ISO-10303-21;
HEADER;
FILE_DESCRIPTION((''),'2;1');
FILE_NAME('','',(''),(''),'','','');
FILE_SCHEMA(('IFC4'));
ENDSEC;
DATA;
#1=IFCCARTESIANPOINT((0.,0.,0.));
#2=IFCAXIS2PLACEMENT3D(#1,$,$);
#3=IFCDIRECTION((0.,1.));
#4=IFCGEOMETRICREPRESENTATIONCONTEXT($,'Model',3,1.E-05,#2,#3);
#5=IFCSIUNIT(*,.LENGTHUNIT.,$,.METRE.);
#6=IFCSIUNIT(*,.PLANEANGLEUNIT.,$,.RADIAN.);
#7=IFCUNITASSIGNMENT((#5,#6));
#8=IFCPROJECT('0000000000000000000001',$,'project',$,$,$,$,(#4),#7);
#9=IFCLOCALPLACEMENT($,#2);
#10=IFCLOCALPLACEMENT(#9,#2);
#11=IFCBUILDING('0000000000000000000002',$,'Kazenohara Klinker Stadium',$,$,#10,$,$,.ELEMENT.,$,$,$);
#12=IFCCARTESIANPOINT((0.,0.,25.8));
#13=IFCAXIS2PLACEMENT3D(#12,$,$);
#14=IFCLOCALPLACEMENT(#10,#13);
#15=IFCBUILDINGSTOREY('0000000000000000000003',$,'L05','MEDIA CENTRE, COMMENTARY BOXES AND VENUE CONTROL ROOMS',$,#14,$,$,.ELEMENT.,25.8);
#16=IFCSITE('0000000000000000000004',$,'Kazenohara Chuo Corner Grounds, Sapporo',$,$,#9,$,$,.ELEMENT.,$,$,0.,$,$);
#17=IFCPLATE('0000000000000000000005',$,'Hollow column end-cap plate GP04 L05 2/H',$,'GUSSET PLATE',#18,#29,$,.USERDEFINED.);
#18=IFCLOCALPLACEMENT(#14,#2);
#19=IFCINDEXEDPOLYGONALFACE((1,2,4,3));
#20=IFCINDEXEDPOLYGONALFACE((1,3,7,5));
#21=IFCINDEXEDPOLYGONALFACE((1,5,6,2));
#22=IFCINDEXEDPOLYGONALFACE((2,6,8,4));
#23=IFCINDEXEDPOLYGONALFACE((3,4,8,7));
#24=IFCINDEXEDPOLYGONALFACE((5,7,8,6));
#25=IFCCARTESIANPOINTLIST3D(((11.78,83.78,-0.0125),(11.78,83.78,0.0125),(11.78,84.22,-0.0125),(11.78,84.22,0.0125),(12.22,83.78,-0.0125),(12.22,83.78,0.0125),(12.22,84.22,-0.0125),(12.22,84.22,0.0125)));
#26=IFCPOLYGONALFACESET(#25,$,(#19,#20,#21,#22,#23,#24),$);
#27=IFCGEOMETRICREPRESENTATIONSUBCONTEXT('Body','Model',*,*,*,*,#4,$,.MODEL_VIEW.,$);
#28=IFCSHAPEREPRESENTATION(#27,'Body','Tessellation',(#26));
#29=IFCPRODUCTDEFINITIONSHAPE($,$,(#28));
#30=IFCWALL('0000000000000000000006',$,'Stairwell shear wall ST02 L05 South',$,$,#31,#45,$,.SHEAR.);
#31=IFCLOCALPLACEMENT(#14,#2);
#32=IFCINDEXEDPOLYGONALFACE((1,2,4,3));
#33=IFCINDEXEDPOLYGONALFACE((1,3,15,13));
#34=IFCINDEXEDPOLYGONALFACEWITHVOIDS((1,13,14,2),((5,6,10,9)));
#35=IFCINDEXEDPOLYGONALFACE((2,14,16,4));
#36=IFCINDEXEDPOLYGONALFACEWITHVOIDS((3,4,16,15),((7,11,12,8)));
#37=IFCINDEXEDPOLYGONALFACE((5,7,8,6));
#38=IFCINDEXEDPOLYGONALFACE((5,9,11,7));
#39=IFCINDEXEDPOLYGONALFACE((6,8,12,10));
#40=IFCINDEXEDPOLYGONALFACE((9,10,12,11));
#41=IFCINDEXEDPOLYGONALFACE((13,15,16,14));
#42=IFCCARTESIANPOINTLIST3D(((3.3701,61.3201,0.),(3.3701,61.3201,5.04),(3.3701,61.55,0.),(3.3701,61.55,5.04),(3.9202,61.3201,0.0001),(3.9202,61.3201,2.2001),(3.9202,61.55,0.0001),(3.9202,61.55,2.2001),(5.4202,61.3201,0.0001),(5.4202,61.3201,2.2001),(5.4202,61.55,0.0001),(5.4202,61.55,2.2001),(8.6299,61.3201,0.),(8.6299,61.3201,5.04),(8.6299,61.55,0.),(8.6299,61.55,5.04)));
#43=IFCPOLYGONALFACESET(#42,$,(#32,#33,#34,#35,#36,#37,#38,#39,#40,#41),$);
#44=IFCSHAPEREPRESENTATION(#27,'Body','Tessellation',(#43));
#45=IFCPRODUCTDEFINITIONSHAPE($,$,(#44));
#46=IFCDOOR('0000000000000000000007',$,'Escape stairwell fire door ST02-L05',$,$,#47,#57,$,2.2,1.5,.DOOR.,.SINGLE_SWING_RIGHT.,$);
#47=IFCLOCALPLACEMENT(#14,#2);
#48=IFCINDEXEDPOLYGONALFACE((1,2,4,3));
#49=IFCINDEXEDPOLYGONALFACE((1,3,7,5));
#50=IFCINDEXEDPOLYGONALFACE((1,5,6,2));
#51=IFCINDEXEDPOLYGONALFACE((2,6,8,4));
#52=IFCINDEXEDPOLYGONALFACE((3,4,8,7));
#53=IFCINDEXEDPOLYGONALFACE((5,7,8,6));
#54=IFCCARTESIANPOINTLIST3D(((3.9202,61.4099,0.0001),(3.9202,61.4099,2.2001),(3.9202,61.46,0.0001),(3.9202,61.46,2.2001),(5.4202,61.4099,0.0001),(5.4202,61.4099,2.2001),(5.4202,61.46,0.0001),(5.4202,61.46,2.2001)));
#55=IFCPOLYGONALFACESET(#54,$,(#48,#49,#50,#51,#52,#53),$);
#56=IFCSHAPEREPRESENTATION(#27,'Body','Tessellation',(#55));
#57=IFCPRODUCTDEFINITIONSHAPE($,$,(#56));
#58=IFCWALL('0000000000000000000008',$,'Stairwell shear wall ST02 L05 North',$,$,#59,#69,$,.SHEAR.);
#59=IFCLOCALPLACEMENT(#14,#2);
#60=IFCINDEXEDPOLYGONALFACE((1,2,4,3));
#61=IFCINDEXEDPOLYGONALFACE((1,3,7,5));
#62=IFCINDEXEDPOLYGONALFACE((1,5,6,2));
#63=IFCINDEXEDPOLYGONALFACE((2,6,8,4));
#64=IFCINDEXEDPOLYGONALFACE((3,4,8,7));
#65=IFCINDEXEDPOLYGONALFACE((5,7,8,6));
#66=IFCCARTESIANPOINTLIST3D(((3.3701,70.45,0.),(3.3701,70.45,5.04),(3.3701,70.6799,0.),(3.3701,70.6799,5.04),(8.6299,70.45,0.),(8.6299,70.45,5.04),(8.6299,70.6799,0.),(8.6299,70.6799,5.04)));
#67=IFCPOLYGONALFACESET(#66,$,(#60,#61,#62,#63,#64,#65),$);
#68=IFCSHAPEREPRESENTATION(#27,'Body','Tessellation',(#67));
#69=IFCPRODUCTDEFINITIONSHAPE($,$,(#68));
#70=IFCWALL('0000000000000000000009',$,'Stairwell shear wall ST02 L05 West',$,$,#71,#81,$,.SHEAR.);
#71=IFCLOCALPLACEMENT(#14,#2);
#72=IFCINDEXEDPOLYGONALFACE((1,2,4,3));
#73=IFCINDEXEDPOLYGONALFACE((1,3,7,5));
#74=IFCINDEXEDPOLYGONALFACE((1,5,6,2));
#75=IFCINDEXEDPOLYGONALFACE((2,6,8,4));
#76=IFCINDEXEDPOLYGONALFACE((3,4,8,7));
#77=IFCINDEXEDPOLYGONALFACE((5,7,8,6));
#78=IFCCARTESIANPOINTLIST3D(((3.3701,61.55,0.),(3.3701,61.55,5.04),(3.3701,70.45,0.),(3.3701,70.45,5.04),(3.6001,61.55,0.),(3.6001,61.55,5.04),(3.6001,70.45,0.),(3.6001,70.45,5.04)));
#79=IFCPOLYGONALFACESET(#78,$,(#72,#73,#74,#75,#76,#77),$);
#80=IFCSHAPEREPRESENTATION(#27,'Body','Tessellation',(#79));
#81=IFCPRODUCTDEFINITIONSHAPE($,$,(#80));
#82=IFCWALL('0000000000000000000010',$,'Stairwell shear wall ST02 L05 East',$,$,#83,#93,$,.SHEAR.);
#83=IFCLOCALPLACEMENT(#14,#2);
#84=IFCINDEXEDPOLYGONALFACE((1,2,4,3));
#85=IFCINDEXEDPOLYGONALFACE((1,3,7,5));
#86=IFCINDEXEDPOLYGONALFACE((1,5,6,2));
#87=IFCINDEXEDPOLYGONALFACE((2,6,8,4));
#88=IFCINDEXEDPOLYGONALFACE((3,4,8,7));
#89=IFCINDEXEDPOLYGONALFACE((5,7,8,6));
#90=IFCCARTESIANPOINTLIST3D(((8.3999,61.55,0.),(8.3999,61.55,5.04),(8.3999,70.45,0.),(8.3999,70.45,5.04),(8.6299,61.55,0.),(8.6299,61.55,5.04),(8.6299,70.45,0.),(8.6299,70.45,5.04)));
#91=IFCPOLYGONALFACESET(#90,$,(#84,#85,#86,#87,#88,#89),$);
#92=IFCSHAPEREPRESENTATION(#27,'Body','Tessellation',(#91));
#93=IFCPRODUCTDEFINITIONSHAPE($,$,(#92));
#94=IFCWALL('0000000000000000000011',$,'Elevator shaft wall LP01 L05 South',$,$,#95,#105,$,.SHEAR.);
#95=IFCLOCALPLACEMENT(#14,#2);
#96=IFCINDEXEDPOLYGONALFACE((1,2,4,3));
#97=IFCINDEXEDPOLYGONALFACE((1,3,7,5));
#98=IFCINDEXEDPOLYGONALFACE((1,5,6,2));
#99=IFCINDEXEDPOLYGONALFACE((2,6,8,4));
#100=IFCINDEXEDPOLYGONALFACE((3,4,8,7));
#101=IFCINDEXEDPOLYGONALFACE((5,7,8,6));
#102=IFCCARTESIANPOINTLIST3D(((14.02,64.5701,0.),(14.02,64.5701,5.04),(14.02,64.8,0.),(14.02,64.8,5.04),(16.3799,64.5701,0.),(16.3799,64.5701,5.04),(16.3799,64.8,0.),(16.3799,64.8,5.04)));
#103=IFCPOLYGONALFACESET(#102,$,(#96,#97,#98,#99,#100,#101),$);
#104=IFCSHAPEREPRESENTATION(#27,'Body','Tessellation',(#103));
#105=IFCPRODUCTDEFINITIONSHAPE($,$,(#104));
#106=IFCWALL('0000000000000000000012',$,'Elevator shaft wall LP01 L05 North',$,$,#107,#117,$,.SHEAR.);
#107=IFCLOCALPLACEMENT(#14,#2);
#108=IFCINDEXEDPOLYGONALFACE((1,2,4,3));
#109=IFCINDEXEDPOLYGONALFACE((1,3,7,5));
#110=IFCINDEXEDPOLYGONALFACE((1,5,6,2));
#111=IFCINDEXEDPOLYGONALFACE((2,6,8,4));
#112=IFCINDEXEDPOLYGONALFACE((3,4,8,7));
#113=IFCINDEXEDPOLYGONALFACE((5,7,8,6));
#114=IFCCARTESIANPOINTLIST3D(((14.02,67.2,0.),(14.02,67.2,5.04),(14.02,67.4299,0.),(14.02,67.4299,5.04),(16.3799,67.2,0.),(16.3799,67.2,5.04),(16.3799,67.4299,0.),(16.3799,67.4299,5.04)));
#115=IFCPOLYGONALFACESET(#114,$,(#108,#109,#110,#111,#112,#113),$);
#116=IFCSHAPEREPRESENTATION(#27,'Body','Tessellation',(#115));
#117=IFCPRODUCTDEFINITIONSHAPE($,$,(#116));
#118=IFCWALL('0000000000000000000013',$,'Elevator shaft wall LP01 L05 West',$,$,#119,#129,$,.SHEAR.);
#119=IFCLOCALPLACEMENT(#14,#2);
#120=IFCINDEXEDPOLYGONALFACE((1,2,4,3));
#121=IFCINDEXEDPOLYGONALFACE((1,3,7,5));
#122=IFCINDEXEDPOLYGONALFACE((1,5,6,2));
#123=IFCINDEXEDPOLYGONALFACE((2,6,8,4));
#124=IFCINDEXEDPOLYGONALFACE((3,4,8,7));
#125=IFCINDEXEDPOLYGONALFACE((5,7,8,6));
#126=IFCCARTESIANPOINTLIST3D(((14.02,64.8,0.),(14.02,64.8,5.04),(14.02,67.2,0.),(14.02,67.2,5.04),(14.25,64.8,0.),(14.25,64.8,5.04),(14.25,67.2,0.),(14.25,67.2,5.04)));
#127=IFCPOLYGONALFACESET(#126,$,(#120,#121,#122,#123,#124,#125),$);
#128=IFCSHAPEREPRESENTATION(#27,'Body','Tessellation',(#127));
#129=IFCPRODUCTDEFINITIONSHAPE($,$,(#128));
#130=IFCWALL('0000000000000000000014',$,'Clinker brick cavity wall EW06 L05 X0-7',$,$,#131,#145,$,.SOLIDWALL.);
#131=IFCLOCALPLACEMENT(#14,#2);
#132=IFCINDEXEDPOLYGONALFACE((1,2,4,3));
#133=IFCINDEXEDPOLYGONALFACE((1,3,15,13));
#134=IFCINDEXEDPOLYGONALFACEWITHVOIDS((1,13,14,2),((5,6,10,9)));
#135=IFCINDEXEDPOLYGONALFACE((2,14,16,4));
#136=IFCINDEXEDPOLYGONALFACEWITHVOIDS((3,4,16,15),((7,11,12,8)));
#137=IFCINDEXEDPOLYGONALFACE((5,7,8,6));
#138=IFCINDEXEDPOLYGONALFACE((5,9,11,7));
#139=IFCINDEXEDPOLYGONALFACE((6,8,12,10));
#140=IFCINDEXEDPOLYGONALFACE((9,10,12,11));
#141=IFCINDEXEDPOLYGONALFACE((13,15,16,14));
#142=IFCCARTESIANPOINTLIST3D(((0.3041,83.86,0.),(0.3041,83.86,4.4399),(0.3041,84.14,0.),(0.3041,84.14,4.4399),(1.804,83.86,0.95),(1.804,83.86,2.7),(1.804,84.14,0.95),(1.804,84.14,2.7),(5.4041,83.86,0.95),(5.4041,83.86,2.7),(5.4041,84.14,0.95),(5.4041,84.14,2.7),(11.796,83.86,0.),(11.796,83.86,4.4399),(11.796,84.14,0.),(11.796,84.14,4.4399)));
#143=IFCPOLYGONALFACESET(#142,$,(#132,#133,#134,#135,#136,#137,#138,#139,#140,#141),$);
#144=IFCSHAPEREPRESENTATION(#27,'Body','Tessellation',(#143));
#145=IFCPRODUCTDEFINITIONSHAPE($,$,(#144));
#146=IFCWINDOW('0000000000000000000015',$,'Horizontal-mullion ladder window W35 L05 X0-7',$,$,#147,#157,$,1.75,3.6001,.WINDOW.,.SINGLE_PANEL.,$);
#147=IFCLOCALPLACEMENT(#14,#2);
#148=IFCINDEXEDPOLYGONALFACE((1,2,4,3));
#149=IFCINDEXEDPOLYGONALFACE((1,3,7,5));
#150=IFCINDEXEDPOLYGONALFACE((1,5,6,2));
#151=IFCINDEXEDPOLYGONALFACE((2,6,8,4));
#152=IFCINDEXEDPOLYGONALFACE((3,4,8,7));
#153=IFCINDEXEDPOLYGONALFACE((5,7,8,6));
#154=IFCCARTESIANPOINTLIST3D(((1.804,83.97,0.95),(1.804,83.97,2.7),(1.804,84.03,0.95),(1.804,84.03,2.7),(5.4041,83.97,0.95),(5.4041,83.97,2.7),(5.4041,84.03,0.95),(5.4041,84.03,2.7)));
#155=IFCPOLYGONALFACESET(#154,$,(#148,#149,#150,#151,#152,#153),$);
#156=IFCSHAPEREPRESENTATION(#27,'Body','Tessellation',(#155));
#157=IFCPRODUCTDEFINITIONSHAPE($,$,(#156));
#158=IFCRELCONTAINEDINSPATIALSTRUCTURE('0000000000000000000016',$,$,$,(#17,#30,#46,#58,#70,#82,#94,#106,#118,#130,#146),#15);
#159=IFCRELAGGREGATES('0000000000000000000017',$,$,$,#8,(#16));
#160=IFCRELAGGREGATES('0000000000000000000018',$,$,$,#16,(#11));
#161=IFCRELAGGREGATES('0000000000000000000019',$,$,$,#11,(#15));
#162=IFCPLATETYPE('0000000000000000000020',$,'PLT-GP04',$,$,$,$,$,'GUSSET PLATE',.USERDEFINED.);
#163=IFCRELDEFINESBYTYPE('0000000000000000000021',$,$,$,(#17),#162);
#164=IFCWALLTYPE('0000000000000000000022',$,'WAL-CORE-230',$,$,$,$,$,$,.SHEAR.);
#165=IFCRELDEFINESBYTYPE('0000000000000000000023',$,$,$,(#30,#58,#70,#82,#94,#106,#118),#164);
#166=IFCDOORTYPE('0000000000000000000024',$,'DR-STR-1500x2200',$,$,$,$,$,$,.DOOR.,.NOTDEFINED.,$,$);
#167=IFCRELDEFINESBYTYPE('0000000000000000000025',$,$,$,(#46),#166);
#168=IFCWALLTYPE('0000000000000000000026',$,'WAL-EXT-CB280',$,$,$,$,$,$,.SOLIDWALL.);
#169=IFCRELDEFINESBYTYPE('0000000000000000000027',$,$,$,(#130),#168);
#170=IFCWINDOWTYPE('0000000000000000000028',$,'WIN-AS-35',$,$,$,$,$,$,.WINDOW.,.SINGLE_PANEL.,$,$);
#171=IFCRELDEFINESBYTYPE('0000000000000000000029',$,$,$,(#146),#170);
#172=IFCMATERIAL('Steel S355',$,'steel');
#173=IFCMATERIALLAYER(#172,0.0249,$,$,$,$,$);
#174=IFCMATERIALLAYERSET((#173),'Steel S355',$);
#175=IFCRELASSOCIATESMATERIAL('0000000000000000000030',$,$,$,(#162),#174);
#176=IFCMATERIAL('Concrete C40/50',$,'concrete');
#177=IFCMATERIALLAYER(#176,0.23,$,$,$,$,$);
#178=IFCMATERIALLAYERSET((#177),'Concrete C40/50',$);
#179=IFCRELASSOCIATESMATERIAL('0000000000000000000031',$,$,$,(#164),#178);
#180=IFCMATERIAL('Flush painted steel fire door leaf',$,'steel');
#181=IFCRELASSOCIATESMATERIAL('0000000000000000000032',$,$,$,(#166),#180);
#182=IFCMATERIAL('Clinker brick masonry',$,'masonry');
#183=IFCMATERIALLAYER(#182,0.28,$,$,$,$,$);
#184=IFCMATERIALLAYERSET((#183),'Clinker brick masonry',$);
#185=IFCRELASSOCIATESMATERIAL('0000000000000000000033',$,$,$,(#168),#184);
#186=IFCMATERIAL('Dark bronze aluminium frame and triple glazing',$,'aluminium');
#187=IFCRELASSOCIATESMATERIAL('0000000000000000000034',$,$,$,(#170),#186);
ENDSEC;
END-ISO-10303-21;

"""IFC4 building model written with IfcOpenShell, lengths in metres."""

from ifc_helpers import new_model, si_unit, direction, frame, frame_2d, origin, origin_2d, place, context, subcontext, project, spatial, rectangle, extrude, material, layer, layer_set, type_object, element, fill, save


model = new_model("IFC4")

# Units and contexts
model_context = context("Model", 3, precision=1e-05, world=origin(), true_north=direction((0.0, 1.0)))
body_context = subcontext(model_context, "Body", "Model", "MODEL_VIEW")
ifc_project = project(units=[si_unit("LENGTHUNIT", "METRE"), si_unit("PLANEANGLEUNIT", "RADIAN")], contexts=[model_context])

# Site, building, storey
site_placement = place(None, origin())
site = spatial("IfcSite", under=ifc_project, at=site_placement, Name="Kazenohara Chuo Corner Grounds, Sapporo", CompositionType="ELEMENT", RefElevation=0.0)
building_placement = place(site_placement, origin())
building = spatial("IfcBuilding", under=site, at=building_placement, Name="Kazenohara Klinker Stadium", CompositionType="ELEMENT")
storey_placement = place(building_placement, frame((0.0, 0.0, 25.8)))
storey = spatial("IfcBuildingStorey", under=building, at=storey_placement, Name="L05", Description="MEDIA CENTRE, COMMENTARY BOXES AND VENUE CONTROL ROOMS", CompositionType="ELEMENT", Elevation=25.8)

# Shared definitions
ifc_material_1 = material(Name="Concrete C40/50", Category="concrete")
ifc_material_2 = material(Name="Steel S355", Category="steel")

# Plate
ifc_layer_1 = layer(ifc_material_2, 0.0249)
ifc_layer_set_1 = layer_set([ifc_layer_1], Name="Steel S355")
plate_type = type_object("IfcPlateType", Name="PLT-GP04", ElementType="GUSSET PLATE", PredefinedType="USERDEFINED", material=ifc_layer_set_1)
plate_placement = place(storey_placement, frame((12.0, 84.0, -0.0125), z_axis=(0.0, 0.0, 1.0), x_axis=(1.0, 0.0, 0.0)))
element("IfcPlate", 1, at=plate_placement, inside=storey, type_object=plate_type, Name="Hollow column end-cap plate GP04 L05 2/H", ObjectType="GUSSET PLATE", PredefinedType="USERDEFINED", context=body_context, shape_type="SweptSolid", body=[
    extrude(rectangle(XDim=0.4399, YDim=0.4399, at=origin_2d()), origin(), (0.0, 0.0, 1.0), 0.0249),
])

# Wall, opening, door
ifc_layer_2 = layer(ifc_material_1, 0.23)
ifc_layer_set_2 = layer_set([ifc_layer_2], Name="Concrete C40/50")
wall_type_1 = type_object("IfcWallType", Name="WAL-CORE-230", PredefinedType="SHEAR", material=ifc_layer_set_2)
wall_1_placement = place(storey_placement, frame((3.3701, 61.4351, 0.0), z_axis=(0.0, 0.0, 1.0), x_axis=(1.0, 0.0, 0.0)))
wall_1 = element("IfcWall", 2, at=wall_1_placement, inside=storey, type_object=wall_type_1, Name="Stairwell shear wall ST02 L05 South", PredefinedType="SHEAR", context=body_context, shape_type="SweptSolid", body=[
    extrude(rectangle(XDim=5.2598, YDim=0.23, at=frame_2d((2.6299, 0.0))), origin(), (0.0, 0.0, 1.0), 5.04),
])
opening_1_placement = place(wall_1_placement, frame((0.55, 0.0, 0.0)))
opening_1 = element("IfcOpeningElement", 3, at=opening_1_placement, cuts=wall_1, PredefinedType="OPENING", context=body_context, shape_type="SweptSolid", body=[
    extrude(rectangle(XDim=1.5, YDim=2.2, at=frame_2d((0.75, 1.1001))), frame((0.0, 0.125, 0.0), z_axis=(0.0, -1.0, 0.0), x_axis=(1.0, 0.0, 0.0)), (0.0, 0.0, 1.0), 0.25),
])
ifc_material_3 = material(Name="Flush painted steel fire door leaf", Category="steel")
door_type = type_object("IfcDoorType", Name="DR-STR-1500x2200", OperationType="NOTDEFINED", PredefinedType="DOOR", material=ifc_material_3)
door_placement = place(opening_1_placement, origin())
door = element("IfcDoor", 4, at=door_placement, inside=storey, type_object=door_type, Name="Escape stairwell fire door ST02-L05", OperationType="SINGLE_SWING_RIGHT", OverallHeight=2.2, OverallWidth=1.5, PredefinedType="DOOR", context=body_context, shape_type="SweptSolid", body=[
    extrude(rectangle(XDim=1.5, YDim=2.2, at=frame_2d((0.75, 1.1001))), frame((0.0, 0.0249, 0.0), z_axis=(0.0, -1.0, 0.0), x_axis=(1.0, 0.0, 0.0)), (0.0, 0.0, 1.0), 0.05),
])
fill(opening_1, door)

# Walls
wall_2_placement = place(storey_placement, frame((3.3701, 70.5649, 0.0), z_axis=(0.0, 0.0, 1.0), x_axis=(1.0, 0.0, 0.0)))
element("IfcWall", 5, at=wall_2_placement, inside=storey, type_object=wall_type_1, Name="Stairwell shear wall ST02 L05 North", PredefinedType="SHEAR", context=body_context, shape_type="SweptSolid", body=[
    extrude(rectangle(XDim=5.2598, YDim=0.23, at=frame_2d((2.6299, 0.0))), origin(), (0.0, 0.0, 1.0), 5.04),
])
for number, where, z_axis, x_axis, name in (
    (6, (3.4851, 61.55, 0.0), (0.0, 0.0, 1.0), (0.0, 1.0, 0.0), "Stairwell shear wall ST02 L05 West"),
    (7, (8.5149, 61.55, 0.0), (0.0, 0.0, 1.0), (0.0, 1.0, 0.0), "Stairwell shear wall ST02 L05 East"),
):
    element("IfcWall", number, at=place(storey_placement, frame(where, z_axis=z_axis, x_axis=x_axis)), inside=storey, type_object=wall_type_1, Name=name, PredefinedType="SHEAR", context=body_context, shape_type="SweptSolid", body=[
        extrude(rectangle(XDim=8.8999, YDim=0.23, at=frame_2d((4.45, 0.0))), origin(), (0.0, 0.0, 1.0), 5.04),
    ])
for number, where, z_axis, x_axis, name in (
    (8, (14.02, 64.6851, 0.0), (0.0, 0.0, 1.0), (1.0, 0.0, 0.0), "Elevator shaft wall LP01 L05 South"),
    (9, (14.02, 67.3149, 0.0), (0.0, 0.0, 1.0), (1.0, 0.0, 0.0), "Elevator shaft wall LP01 L05 North"),
):
    element("IfcWall", number, at=place(storey_placement, frame(where, z_axis=z_axis, x_axis=x_axis)), inside=storey, type_object=wall_type_1, Name=name, PredefinedType="SHEAR", context=body_context, shape_type="SweptSolid", body=[
        extrude(rectangle(XDim=2.3599, YDim=0.23, at=frame_2d((1.1799, 0.0))), origin(), (0.0, 0.0, 1.0), 5.04),
    ])
wall_3_placement = place(storey_placement, frame((14.135, 64.8, 0.0), z_axis=(0.0, 0.0, 1.0), x_axis=(0.0, 1.0, 0.0)))
element("IfcWall", 10, at=wall_3_placement, inside=storey, type_object=wall_type_1, Name="Elevator shaft wall LP01 L05 West", PredefinedType="SHEAR", context=body_context, shape_type="SweptSolid", body=[
    extrude(rectangle(XDim=2.3999, YDim=0.23, at=frame_2d((1.2, 0.0))), origin(), (0.0, 0.0, 1.0), 5.04),
])

# Wall, opening, window
ifc_material_4 = material(Name="Clinker brick masonry", Category="masonry")
ifc_layer_3 = layer(ifc_material_4, 0.28)
ifc_layer_set_3 = layer_set([ifc_layer_3], Name="Clinker brick masonry")
wall_type_2 = type_object("IfcWallType", Name="WAL-EXT-CB280", PredefinedType="SOLIDWALL", material=ifc_layer_set_3)
wall_4_placement = place(storey_placement, frame((0.304, 84.0, 0.0), z_axis=(0.0, 0.0, 1.0), x_axis=(1.0, 0.0, 0.0)))
wall_4 = element("IfcWall", 11, at=wall_4_placement, inside=storey, type_object=wall_type_2, Name="Clinker brick cavity wall EW06 L05 X0-7", PredefinedType="SOLIDWALL", context=body_context, shape_type="SweptSolid", body=[
    extrude(rectangle(XDim=11.4919, YDim=0.28, at=frame_2d((5.7461, 0.0))), origin(), (0.0, 0.0, 1.0), 4.4399),
])
opening_2_placement = place(wall_4_placement, frame((1.5, 0.0, 0.95)))
opening_2 = element("IfcOpeningElement", 12, at=opening_2_placement, cuts=wall_4, PredefinedType="OPENING", context=body_context, shape_type="SweptSolid", body=[
    extrude(rectangle(XDim=3.6001, YDim=1.75, at=frame_2d((1.8, 0.875))), frame((0.0, 0.1499, 0.0), z_axis=(0.0, -1.0, 0.0), x_axis=(1.0, 0.0, 0.0)), (0.0, 0.0, 1.0), 0.3),
])
ifc_material_5 = material(Name="Dark bronze aluminium frame and triple glazing", Category="aluminium")
window_type_1 = type_object("IfcWindowType", Name="WIN-AS-35", PartitioningType="SINGLE_PANEL", PredefinedType="WINDOW", material=ifc_material_5)
window_1_placement = place(opening_2_placement, origin())
window_1 = element("IfcWindow", 13, at=window_1_placement, inside=storey, type_object=window_type_1, Name="Horizontal-mullion ladder window W35 L05 X0-7", OverallHeight=1.75, OverallWidth=3.6001, PartitioningType="SINGLE_PANEL", PredefinedType="WINDOW", context=body_context, shape_type="SweptSolid", body=[
    extrude(rectangle(XDim=3.6001, YDim=1.75, at=frame_2d((1.8, 0.875))), frame((0.0, 0.03, 0.0), z_axis=(0.0, -1.0, 0.0), x_axis=(1.0, 0.0, 0.0)), (0.0, 0.0, 1.0), 0.0601),
])
fill(opening_2, window_1)

save(model, "model.ifc")
